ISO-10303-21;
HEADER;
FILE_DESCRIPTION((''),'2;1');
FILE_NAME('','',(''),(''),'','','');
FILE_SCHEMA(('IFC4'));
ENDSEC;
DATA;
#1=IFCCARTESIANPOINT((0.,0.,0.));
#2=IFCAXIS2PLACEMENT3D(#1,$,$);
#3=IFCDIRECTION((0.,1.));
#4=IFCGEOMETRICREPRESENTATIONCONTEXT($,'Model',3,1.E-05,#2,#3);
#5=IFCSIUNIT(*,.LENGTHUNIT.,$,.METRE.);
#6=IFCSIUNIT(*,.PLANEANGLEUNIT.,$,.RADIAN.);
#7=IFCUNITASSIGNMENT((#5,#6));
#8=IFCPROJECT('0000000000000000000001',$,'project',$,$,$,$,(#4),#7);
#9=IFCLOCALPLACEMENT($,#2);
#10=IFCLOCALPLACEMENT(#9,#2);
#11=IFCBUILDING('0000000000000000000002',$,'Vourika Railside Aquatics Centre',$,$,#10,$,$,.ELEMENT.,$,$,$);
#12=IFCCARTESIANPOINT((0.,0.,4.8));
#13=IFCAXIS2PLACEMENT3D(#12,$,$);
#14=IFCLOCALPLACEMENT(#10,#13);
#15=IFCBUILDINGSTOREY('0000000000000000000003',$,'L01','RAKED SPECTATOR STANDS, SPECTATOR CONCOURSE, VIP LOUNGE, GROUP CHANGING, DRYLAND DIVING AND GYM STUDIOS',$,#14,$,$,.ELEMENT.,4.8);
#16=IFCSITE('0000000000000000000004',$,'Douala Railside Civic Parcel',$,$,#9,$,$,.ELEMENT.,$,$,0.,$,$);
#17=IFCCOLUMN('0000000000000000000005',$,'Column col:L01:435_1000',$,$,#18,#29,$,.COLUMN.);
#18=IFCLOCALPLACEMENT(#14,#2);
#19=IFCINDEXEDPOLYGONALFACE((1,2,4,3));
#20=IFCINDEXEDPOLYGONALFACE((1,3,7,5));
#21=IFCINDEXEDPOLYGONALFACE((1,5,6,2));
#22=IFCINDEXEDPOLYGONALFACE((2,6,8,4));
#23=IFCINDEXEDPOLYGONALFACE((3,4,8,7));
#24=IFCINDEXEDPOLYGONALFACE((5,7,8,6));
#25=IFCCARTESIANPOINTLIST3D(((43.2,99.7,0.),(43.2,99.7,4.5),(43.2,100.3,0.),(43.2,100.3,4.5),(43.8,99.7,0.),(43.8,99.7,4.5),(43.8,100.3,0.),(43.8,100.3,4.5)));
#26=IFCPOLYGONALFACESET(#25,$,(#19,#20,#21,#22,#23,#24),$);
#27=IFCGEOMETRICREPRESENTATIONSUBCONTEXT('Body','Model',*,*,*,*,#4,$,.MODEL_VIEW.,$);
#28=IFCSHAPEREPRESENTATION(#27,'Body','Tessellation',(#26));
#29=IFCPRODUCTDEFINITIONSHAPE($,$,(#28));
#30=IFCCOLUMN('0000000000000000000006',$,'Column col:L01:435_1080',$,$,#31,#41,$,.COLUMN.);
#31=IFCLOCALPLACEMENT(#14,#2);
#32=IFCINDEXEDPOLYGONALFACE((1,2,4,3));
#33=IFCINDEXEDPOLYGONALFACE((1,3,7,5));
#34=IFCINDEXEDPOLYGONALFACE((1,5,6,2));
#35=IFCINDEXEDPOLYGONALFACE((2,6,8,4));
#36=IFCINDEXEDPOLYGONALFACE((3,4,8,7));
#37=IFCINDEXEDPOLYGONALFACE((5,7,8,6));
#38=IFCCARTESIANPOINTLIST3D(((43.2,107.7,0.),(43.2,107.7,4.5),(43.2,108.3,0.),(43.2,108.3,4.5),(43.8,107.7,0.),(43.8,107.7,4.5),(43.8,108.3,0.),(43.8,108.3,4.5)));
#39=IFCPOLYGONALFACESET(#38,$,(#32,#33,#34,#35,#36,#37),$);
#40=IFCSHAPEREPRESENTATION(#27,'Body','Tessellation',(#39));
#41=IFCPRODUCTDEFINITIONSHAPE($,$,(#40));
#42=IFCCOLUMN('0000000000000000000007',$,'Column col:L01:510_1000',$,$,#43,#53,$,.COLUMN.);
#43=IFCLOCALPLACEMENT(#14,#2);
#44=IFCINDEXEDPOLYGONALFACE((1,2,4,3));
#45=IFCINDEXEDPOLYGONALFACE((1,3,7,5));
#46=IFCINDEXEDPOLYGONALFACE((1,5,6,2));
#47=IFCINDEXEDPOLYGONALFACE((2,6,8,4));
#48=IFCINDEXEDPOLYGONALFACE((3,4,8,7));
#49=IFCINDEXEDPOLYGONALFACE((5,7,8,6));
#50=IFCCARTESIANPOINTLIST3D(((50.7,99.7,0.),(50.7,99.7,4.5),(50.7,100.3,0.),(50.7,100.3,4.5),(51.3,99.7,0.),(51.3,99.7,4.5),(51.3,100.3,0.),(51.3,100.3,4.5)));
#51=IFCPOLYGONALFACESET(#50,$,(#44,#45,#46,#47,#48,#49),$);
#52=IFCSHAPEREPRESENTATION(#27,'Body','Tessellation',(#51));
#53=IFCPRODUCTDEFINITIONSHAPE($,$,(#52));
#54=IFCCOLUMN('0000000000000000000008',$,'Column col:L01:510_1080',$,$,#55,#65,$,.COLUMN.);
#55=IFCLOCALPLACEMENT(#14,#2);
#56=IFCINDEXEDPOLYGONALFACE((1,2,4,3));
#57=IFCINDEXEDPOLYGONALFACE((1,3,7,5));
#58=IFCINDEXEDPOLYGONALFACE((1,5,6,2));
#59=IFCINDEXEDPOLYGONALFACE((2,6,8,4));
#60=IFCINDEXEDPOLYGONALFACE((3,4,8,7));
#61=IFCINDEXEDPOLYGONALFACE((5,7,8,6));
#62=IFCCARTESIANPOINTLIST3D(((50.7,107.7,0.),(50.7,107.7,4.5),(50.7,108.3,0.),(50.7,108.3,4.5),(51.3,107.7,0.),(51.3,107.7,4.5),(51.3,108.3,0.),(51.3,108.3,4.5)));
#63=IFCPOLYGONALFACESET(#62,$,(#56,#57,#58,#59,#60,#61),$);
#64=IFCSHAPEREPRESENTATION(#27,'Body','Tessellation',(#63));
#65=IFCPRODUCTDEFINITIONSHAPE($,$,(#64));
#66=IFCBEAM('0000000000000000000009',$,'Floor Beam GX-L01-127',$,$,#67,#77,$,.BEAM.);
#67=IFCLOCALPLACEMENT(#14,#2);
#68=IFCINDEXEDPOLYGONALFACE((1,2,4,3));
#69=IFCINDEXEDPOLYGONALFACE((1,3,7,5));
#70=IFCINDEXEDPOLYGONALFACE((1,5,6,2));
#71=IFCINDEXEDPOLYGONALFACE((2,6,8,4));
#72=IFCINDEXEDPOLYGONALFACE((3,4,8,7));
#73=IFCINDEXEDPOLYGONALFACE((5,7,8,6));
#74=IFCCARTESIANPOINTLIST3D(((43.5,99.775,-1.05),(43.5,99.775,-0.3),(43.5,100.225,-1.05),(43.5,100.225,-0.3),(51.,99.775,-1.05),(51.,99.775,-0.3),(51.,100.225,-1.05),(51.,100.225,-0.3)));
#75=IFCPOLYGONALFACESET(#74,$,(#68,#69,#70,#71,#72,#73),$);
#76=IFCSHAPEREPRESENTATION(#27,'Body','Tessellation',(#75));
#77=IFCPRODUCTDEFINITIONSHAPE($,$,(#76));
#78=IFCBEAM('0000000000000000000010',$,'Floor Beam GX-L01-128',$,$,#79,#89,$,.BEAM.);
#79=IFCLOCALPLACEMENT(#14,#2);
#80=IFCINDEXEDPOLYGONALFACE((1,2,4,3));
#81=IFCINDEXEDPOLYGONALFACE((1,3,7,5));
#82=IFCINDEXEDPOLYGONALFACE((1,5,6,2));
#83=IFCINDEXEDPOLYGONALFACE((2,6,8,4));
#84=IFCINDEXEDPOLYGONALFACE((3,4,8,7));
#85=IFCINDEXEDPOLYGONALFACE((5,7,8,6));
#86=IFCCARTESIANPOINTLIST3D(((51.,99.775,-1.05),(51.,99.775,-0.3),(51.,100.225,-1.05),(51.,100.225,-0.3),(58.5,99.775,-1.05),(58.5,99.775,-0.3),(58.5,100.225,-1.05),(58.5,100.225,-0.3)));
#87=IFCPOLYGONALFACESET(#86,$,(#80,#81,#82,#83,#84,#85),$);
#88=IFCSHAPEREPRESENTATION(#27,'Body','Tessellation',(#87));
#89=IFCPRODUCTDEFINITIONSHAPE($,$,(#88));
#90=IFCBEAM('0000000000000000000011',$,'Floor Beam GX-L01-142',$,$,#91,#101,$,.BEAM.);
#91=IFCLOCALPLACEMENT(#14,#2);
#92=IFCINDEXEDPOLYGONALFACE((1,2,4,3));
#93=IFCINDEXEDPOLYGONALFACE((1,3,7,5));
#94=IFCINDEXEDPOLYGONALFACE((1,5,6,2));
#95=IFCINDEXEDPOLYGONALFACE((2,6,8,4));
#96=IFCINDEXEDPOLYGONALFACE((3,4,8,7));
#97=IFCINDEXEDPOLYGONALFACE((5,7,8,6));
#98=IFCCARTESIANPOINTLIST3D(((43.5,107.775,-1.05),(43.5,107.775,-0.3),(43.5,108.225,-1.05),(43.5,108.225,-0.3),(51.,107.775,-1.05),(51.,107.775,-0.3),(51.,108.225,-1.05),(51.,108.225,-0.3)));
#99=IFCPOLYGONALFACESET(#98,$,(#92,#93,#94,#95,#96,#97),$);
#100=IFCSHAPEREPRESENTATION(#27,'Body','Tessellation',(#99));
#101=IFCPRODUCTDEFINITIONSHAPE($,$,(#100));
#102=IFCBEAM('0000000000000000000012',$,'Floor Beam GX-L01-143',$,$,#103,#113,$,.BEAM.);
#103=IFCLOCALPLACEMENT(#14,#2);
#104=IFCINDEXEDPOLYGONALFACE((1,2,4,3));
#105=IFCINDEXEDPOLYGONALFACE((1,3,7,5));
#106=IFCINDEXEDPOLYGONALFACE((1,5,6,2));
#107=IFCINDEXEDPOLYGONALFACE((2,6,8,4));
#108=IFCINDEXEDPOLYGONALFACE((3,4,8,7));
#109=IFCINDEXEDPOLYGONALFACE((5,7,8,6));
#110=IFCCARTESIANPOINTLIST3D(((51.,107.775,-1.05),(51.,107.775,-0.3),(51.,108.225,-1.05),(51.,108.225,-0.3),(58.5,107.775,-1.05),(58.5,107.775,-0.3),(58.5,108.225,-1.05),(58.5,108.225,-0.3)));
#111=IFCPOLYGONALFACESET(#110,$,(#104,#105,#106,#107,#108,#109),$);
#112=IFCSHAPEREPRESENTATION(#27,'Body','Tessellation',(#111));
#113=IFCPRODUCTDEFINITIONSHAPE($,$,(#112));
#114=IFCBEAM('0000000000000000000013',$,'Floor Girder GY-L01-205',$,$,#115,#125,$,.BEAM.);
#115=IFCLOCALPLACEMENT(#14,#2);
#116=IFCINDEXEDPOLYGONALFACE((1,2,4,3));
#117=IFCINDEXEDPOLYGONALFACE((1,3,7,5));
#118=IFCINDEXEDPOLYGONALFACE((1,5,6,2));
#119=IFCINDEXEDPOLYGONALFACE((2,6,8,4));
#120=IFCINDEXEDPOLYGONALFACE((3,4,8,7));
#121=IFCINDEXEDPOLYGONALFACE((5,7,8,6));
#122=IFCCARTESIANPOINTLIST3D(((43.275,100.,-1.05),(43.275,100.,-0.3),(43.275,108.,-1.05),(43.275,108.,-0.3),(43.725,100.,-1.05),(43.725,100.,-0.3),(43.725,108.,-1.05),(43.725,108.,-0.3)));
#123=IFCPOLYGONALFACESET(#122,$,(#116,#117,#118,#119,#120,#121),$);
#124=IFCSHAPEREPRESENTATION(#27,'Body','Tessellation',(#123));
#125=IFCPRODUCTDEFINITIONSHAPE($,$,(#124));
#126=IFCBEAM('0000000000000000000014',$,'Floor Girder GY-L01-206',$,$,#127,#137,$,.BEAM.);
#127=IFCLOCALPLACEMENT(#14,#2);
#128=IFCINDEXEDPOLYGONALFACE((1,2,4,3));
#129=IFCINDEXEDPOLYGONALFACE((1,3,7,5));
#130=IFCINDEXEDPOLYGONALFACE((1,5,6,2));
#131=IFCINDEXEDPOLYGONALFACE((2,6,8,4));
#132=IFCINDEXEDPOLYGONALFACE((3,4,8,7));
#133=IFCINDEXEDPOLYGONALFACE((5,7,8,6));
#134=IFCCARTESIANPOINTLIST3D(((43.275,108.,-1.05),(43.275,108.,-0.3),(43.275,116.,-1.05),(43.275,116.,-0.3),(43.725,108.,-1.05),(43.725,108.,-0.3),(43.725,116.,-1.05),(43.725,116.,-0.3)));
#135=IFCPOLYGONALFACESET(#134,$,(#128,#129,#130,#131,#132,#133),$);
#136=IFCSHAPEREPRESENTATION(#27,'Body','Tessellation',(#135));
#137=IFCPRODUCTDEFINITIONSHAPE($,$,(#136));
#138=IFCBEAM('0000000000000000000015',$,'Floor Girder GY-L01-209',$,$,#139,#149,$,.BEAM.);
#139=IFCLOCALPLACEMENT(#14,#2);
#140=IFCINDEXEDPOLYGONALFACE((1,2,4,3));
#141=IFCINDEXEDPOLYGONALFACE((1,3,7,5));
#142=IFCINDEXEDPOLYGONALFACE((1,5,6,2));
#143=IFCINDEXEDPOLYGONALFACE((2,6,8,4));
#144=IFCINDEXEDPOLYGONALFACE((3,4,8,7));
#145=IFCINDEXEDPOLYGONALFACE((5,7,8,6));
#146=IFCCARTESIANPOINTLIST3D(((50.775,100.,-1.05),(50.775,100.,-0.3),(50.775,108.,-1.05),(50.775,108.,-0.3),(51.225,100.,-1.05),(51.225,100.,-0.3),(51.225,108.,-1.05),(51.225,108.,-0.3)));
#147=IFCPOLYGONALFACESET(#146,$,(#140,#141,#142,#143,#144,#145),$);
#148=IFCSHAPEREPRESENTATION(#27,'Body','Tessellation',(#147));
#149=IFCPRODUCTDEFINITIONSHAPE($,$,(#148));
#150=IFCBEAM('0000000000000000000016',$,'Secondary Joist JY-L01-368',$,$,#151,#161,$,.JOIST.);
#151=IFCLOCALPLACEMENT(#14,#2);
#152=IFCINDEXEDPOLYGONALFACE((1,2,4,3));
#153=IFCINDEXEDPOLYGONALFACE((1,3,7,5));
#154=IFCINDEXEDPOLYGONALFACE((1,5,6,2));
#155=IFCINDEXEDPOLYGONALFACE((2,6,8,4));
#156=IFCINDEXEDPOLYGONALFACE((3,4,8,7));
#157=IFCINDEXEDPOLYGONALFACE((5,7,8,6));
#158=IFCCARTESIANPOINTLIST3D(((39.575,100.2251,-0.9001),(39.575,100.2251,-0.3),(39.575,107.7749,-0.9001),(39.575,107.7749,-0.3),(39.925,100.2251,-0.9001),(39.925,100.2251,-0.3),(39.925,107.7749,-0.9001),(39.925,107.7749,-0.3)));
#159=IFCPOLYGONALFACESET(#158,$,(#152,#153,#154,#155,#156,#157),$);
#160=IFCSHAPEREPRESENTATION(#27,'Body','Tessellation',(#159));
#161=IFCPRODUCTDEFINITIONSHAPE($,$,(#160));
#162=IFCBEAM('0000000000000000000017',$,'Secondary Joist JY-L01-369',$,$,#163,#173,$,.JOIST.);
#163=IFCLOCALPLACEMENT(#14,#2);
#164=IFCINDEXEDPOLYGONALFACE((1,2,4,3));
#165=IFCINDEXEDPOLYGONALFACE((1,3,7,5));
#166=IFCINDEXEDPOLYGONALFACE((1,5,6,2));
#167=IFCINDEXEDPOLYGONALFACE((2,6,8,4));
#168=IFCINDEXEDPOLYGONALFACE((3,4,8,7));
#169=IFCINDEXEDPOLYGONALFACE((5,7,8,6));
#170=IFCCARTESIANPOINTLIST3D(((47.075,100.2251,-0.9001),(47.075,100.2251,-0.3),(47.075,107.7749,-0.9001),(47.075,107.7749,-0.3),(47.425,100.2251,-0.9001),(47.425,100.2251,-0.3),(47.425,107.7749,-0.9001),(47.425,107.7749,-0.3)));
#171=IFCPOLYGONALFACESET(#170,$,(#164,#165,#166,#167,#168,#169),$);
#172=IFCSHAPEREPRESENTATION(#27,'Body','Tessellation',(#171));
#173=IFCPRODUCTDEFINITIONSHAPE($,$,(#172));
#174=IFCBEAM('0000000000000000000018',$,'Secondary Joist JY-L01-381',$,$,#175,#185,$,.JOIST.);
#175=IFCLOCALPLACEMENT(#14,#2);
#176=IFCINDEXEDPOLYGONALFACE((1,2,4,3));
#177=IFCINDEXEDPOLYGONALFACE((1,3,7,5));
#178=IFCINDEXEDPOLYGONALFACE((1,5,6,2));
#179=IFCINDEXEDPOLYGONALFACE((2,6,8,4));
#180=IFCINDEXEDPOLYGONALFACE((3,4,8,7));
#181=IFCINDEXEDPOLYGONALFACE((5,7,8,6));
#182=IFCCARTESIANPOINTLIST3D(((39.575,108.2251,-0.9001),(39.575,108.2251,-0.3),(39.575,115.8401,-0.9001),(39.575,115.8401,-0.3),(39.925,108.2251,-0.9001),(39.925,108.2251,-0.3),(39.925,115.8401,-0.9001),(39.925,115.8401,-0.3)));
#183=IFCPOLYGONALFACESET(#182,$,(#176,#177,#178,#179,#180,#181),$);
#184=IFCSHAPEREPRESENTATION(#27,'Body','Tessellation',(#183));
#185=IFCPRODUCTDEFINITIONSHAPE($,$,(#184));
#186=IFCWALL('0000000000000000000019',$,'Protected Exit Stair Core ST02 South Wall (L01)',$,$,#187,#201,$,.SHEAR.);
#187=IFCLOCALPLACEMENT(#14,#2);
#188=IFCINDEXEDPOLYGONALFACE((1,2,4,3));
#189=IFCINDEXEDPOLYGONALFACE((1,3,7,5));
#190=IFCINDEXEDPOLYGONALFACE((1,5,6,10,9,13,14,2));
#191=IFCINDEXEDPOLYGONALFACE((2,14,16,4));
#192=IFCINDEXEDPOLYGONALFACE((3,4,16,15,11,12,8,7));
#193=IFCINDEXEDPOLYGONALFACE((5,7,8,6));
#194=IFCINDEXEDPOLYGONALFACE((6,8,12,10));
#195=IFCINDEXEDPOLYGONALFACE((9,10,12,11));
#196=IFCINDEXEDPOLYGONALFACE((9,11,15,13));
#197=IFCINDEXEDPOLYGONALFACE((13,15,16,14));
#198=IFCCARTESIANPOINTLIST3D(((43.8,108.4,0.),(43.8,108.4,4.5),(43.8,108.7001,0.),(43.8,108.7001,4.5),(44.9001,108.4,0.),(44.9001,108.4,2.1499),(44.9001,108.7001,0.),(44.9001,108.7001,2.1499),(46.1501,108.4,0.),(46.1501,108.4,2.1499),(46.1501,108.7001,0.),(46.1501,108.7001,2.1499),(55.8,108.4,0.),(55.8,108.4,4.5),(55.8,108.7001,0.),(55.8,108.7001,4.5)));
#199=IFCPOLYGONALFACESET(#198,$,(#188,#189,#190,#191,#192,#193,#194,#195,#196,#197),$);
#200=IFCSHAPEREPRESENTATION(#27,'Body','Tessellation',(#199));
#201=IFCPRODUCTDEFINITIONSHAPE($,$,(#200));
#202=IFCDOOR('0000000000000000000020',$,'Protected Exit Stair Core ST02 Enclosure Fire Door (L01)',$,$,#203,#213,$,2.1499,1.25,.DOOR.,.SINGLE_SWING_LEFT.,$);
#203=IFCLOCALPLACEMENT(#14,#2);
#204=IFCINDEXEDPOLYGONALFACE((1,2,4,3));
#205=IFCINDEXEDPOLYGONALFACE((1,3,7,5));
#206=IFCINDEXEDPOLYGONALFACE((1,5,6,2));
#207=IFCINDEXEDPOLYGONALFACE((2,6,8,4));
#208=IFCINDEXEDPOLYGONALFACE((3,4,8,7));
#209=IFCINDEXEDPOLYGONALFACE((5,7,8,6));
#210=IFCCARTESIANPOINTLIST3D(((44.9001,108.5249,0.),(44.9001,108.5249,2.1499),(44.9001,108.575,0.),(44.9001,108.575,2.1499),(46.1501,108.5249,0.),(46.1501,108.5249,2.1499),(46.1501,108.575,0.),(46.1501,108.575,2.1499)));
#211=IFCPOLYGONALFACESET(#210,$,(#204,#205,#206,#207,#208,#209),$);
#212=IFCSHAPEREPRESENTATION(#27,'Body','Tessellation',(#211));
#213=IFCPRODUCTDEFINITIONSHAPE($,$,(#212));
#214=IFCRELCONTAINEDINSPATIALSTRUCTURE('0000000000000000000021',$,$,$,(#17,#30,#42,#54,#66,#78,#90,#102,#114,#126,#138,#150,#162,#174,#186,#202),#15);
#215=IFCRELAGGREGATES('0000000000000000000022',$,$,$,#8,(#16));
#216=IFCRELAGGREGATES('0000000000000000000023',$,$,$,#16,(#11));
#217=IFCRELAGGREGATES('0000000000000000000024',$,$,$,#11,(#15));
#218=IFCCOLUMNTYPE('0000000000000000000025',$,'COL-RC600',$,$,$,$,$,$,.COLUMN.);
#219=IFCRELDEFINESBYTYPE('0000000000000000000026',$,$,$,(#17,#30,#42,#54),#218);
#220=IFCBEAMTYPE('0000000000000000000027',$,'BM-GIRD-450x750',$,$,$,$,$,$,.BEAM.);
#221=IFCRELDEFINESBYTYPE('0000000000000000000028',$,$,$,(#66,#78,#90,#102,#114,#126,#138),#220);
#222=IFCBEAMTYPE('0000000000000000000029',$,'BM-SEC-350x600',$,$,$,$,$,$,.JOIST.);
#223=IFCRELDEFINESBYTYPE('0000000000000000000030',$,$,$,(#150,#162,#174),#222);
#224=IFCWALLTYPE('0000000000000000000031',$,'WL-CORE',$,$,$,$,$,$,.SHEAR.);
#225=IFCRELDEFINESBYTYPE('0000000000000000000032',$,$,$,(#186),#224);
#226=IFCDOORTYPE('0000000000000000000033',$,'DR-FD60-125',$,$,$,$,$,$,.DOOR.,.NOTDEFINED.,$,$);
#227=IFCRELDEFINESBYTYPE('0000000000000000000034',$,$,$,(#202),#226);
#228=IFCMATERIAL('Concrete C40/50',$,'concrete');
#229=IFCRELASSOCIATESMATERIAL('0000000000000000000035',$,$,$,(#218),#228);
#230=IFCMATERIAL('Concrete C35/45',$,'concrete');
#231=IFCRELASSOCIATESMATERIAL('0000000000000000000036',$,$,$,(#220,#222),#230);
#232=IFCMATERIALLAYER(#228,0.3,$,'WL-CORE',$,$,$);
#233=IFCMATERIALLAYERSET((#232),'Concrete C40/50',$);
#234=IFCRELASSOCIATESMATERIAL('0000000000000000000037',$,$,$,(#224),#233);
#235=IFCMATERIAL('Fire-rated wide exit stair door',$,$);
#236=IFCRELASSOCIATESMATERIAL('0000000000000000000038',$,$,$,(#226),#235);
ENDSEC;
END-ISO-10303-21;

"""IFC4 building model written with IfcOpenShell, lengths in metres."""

from ifc_helpers import new_model, si_unit, direction, frame, frame_2d, origin, origin_2d, place, context, subcontext, project, spatial, rectangle, extrude, material, layer, layer_set, material_profile, profile_set, type_object, element, fill, save


model = new_model("IFC4")

# Units and contexts
model_context = context("Model", 3, precision=1e-05, world=origin(), true_north=direction((0.0, 1.0)))
body_context = subcontext(model_context, "Body", "Model", "MODEL_VIEW")
ifc_project = project(units=[si_unit("LENGTHUNIT", "METRE"), si_unit("PLANEANGLEUNIT", "RADIAN")], contexts=[model_context])

# Site, building, storey
site_placement = place(None, origin())
site = spatial("IfcSite", under=ifc_project, at=site_placement, Name="Douala Railside Civic Parcel", CompositionType="ELEMENT", RefElevation=0.0)
building_placement = place(site_placement, origin())
building = spatial("IfcBuilding", under=site, at=building_placement, Name="Vourika Railside Aquatics Centre", CompositionType="ELEMENT")
storey_placement = place(building_placement, frame((0.0, 0.0, 4.8)))
storey = spatial("IfcBuildingStorey", under=building, at=storey_placement, Name="L01", Description="RAKED SPECTATOR STANDS, SPECTATOR CONCOURSE, VIP LOUNGE, GROUP CHANGING, DRYLAND DIVING AND GYM STUDIOS", CompositionType="ELEMENT", Elevation=4.8)

# Columns
ifc_material_1 = material(Name="Concrete C40/50", Category="concrete")
ifc_material_profile_1 = material_profile(ifc_material_1, rectangle(XDim=0.6001, YDim=0.6001, at=origin_2d()), Name="RC 600x600")
ifc_profile_set_1 = profile_set([ifc_material_profile_1], Name="Concrete C40/50")
column_type = type_object("IfcColumnType", Name="COL-RC600", PredefinedType="COLUMN", material=ifc_profile_set_1)
for number, where, z_axis, x_axis, name in (
    (1, (43.5, 100.0, 0.0), (0.0, 0.0, 1.0), (1.0, 0.0, 0.0), "Column col:L01:435_1000"),
    (2, (43.5, 108.0, 0.0), (0.0, 0.0, 1.0), (1.0, 0.0, 0.0), "Column col:L01:435_1080"),
    (3, (51.0, 100.0, 0.0), (0.0, 0.0, 1.0), (1.0, 0.0, 0.0), "Column col:L01:510_1000"),
    (4, (51.0, 108.0, 0.0), (0.0, 0.0, 1.0), (1.0, 0.0, 0.0), "Column col:L01:510_1080"),
):
    element("IfcColumn", number, at=place(storey_placement, frame(where, z_axis=z_axis, x_axis=x_axis)), inside=storey, type_object=column_type, Name=name, PredefinedType="COLUMN", context=body_context, shape_type="SweptSolid", body=[
        extrude(rectangle(XDim=0.6001, YDim=0.6001, at=origin_2d()), origin(), (0.0, 0.0, 1.0), 4.5),
    ])

# Beams
ifc_material_2 = material(Name="Concrete C35/45", Category="concrete")
ifc_material_profile_2 = material_profile(ifc_material_2, rectangle(XDim=0.45, YDim=0.75, at=origin_2d()), Name="RC 450x750")
ifc_profile_set_2 = profile_set([ifc_material_profile_2], Name="Concrete C35/45")
beam_type_1 = type_object("IfcBeamType", Name="BM-GIRD-450x750", PredefinedType="BEAM", material=ifc_profile_set_2)
for number, where, z_axis, x_axis, name in (
    (5, (43.5, 100.0, -0.675), (1.0, 0.0, 0.0), (0.0, 1.0, 0.0), "Floor Beam GX-L01-127"),
    (6, (51.0, 100.0, -0.675), (1.0, 0.0, 0.0), (0.0, 1.0, 0.0), "Floor Beam GX-L01-128"),
    (7, (43.5, 108.0, -0.675), (1.0, 0.0, 0.0), (0.0, 1.0, 0.0), "Floor Beam GX-L01-142"),
    (8, (51.0, 108.0, -0.675), (1.0, 0.0, 0.0), (0.0, 1.0, 0.0), "Floor Beam GX-L01-143"),
):
    element("IfcBeam", number, at=place(storey_placement, frame(where, z_axis=z_axis, x_axis=x_axis)), inside=storey, type_object=beam_type_1, Name=name, PredefinedType="BEAM", context=body_context, shape_type="SweptSolid", body=[
        extrude(rectangle(XDim=0.45, YDim=0.75, at=origin_2d()), origin(), (0.0, 0.0, 1.0), 7.5),
    ])
for number, where, z_axis, x_axis, name in (
    (9, (43.5, 100.0, -0.675), (0.0, 1.0, 0.0), (-1.0, 0.0, 0.0), "Floor Girder GY-L01-205"),
    (10, (43.5, 108.0, -0.675), (0.0, 1.0, 0.0), (-1.0, 0.0, 0.0), "Floor Girder GY-L01-206"),
    (11, (51.0, 100.0, -0.675), (0.0, 1.0, 0.0), (-1.0, 0.0, 0.0), "Floor Girder GY-L01-209"),
):
    element("IfcBeam", number, at=place(storey_placement, frame(where, z_axis=z_axis, x_axis=x_axis)), inside=storey, type_object=beam_type_1, Name=name, PredefinedType="BEAM", context=body_context, shape_type="SweptSolid", body=[
        extrude(rectangle(XDim=0.45, YDim=0.75, at=origin_2d()), origin(), (0.0, 0.0, 1.0), 8.0),
    ])
ifc_material_profile_3 = material_profile(ifc_material_2, rectangle(XDim=0.3501, YDim=0.6001, at=origin_2d()), Name="RC 350x600")
ifc_profile_set_3 = profile_set([ifc_material_profile_3], Name="Concrete C35/45")
beam_type_2 = type_object("IfcBeamType", Name="BM-SEC-350x600", PredefinedType="JOIST", material=ifc_profile_set_3)
for number, where, z_axis, x_axis, name in (
    (12, (39.75, 100.2251, -0.6001), (0.0, 1.0, 0.0), (-1.0, 0.0, 0.0), "Secondary Joist JY-L01-368"),
    (13, (47.25, 100.2251, -0.6001), (0.0, 1.0, 0.0), (-1.0, 0.0, 0.0), "Secondary Joist JY-L01-369"),
):
    element("IfcBeam", number, at=place(storey_placement, frame(where, z_axis=z_axis, x_axis=x_axis)), inside=storey, type_object=beam_type_2, Name=name, PredefinedType="JOIST", context=body_context, shape_type="SweptSolid", body=[
        extrude(rectangle(XDim=0.3501, YDim=0.6001, at=origin_2d()), origin(), (0.0, 0.0, 1.0), 7.5498),
    ])
beam_placement = place(storey_placement, frame((39.75, 108.2251, -0.6001), z_axis=(0.0, 1.0, 0.0), x_axis=(-1.0, 0.0, 0.0)))
element("IfcBeam", 14, at=beam_placement, inside=storey, type_object=beam_type_2, Name="Secondary Joist JY-L01-381", PredefinedType="JOIST", context=body_context, shape_type="SweptSolid", body=[
    extrude(rectangle(XDim=0.3501, YDim=0.6001, at=origin_2d()), origin(), (0.0, 0.0, 1.0), 7.615),
])

# Wall, opening, door
ifc_layer_1 = layer(ifc_material_1, 0.3, Name="WL-CORE")
ifc_layer_set_1 = layer_set([ifc_layer_1], Name="Concrete C40/50")
wall_type = type_object("IfcWallType", Name="WL-CORE", PredefinedType="SHEAR", material=ifc_layer_set_1)
wall_1_placement = place(storey_placement, frame((43.8, 108.55, 0.0), z_axis=(0.0, 0.0, 1.0), x_axis=(1.0, 0.0, 0.0)))
wall_1 = element("IfcWall", 15, at=wall_1_placement, inside=storey, type_object=wall_type, Name="Protected Exit Stair Core ST02 South Wall (L01)", PredefinedType="SHEAR", context=body_context, shape_type="SweptSolid", body=[
    extrude(rectangle(XDim=12.0, YDim=0.3, at=frame_2d((6.0, 0.0))), origin(), (0.0, 0.0, 1.0), 4.5),
])
opening_placement = place(wall_1_placement, frame((1.1001, 0.0, 0.0)))
opening = element("IfcOpeningElement", 16, at=opening_placement, cuts=wall_1, PredefinedType="OPENING", context=body_context, shape_type="SweptSolid", body=[
    extrude(rectangle(XDim=1.25, YDim=2.1499, at=frame_2d((0.625, 1.075))), frame((0.0, 0.1602, 0.0), z_axis=(0.0, -1.0, 0.0), x_axis=(1.0, 0.0, 0.0)), (0.0, 0.0, 1.0), 0.3201),
])
ifc_material_3 = material(Name="Fire-rated wide exit stair door")
door_type = type_object("IfcDoorType", Name="DR-FD60-125", OperationType="NOTDEFINED", PredefinedType="DOOR", material=ifc_material_3)
door_placement = place(opening_placement, origin())
door = element("IfcDoor", 17, at=door_placement, inside=storey, type_object=door_type, Name="Protected Exit Stair Core ST02 Enclosure Fire Door (L01)", OperationType="SINGLE_SWING_LEFT", OverallHeight=2.1499, OverallWidth=1.25, PredefinedType="DOOR", context=body_context, shape_type="SweptSolid", body=[
    extrude(rectangle(XDim=1.25, YDim=2.1499, at=frame_2d((0.625, 1.075))), frame((0.0, 0.0249, 0.0), z_axis=(0.0, -1.0, 0.0), x_axis=(1.0, 0.0, 0.0)), (0.0, 0.0, 1.0), 0.05),
])
fill(opening, door)

save(model, "model.ifc")
